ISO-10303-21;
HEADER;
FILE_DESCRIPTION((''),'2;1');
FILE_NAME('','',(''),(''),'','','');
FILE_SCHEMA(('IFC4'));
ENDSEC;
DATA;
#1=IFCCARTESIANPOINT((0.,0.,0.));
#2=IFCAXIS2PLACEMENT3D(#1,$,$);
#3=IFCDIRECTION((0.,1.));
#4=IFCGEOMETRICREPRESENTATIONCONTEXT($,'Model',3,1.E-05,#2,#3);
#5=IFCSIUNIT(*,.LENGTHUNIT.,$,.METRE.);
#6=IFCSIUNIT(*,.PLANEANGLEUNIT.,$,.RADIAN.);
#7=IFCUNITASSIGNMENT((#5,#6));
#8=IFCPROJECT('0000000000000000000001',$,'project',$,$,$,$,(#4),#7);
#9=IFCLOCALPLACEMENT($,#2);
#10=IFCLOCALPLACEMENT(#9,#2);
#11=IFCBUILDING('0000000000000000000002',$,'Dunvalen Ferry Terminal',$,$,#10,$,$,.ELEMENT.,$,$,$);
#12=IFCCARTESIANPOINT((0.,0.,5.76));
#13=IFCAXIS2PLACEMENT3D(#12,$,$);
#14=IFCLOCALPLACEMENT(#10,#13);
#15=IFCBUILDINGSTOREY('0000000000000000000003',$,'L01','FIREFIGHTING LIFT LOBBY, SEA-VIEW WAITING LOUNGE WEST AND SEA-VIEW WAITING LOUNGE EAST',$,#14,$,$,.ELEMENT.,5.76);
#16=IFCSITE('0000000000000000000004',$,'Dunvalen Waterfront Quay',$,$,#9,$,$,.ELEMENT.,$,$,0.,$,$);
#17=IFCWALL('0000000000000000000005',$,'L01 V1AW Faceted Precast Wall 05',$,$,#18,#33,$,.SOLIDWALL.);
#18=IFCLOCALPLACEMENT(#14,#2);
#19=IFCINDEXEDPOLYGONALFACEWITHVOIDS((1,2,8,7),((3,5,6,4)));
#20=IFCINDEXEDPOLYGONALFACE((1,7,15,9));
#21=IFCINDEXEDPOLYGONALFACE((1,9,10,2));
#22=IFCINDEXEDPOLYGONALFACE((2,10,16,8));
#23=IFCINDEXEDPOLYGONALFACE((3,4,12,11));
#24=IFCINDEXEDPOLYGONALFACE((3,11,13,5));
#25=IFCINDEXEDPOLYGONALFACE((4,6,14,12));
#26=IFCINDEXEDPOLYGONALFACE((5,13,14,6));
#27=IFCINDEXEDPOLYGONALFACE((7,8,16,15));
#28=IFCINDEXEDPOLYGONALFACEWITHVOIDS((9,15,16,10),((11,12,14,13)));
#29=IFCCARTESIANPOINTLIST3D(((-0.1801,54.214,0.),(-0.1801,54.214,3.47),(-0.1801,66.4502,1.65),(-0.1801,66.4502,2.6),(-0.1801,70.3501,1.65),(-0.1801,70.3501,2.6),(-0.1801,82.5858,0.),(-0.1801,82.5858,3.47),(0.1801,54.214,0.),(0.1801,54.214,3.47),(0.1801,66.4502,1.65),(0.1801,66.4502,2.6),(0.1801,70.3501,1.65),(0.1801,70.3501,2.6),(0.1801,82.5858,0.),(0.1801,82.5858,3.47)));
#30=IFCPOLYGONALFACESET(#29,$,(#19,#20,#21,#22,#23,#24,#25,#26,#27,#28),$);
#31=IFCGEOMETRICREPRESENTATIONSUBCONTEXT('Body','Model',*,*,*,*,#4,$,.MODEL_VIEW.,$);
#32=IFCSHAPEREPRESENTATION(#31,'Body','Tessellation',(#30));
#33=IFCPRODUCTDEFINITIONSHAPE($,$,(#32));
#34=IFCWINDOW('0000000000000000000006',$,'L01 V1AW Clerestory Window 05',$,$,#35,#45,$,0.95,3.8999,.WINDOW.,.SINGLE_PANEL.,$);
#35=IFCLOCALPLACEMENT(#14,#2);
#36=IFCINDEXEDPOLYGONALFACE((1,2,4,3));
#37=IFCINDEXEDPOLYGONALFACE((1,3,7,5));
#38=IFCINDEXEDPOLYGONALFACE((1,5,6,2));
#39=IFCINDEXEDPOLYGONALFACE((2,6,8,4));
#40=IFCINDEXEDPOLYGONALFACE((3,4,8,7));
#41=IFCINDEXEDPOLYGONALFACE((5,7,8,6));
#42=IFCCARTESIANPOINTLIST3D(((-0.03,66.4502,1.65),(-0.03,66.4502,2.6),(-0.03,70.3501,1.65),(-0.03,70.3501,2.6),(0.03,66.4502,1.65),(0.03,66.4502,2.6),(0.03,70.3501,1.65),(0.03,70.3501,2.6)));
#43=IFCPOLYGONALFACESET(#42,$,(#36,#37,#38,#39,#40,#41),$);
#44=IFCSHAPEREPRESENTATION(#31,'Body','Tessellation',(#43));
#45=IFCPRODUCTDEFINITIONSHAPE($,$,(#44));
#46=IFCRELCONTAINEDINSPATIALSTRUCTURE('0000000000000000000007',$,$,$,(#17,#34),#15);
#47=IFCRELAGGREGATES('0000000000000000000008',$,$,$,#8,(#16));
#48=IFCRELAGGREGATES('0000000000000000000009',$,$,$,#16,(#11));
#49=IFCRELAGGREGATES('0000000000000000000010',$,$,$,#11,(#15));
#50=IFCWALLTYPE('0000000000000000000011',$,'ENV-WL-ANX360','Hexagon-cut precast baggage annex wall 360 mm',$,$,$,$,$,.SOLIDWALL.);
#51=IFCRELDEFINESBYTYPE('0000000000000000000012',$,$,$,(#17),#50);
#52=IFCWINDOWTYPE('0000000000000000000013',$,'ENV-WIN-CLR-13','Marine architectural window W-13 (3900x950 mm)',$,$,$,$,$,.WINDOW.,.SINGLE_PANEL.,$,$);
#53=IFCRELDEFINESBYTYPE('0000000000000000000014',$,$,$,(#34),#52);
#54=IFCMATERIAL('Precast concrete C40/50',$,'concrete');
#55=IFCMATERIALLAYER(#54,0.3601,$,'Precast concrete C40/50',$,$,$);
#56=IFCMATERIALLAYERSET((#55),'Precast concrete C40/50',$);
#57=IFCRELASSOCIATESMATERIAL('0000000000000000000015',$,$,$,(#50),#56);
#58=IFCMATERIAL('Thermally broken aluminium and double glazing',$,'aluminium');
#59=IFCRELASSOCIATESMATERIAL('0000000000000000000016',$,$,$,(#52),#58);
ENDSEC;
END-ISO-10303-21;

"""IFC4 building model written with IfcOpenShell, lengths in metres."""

from ifc_helpers import new_model, si_unit, direction, frame, frame_2d, origin, place, context, subcontext, project, spatial, rectangle, extrude, material, layer, layer_set, type_object, element, fill, save


model = new_model("IFC4")

# Units and contexts
model_context = context("Model", 3, precision=1e-05, world=origin(), true_north=direction((0.0, 1.0)))
body_context = subcontext(model_context, "Body", "Model", "MODEL_VIEW")
ifc_project = project(units=[si_unit("LENGTHUNIT", "METRE"), si_unit("PLANEANGLEUNIT", "RADIAN")], contexts=[model_context])

# Site, building, storey
site_placement = place(None, origin())
site = spatial("IfcSite", under=ifc_project, at=site_placement, Name="Dunvalen Waterfront Quay", CompositionType="ELEMENT", RefElevation=0.0)
building_placement = place(site_placement, origin())
building = spatial("IfcBuilding", under=site, at=building_placement, Name="Dunvalen Ferry Terminal", CompositionType="ELEMENT")
storey_placement = place(building_placement, frame((0.0, 0.0, 5.76)))
storey = spatial("IfcBuildingStorey", under=building, at=storey_placement, Name="L01", Description="FIREFIGHTING LIFT LOBBY, SEA-VIEW WAITING LOUNGE WEST AND SEA-VIEW WAITING LOUNGE EAST", CompositionType="ELEMENT", Elevation=5.76)

# Wall, opening, window
ifc_material_1 = material(Name="Precast concrete C40/50", Category="concrete")
ifc_layer = layer(ifc_material_1, 0.3601, Name="Precast concrete C40/50")
ifc_layer_set = layer_set([ifc_layer], Name="Precast concrete C40/50")
wall_type = type_object("IfcWallType", Name="ENV-WL-ANX360", Description="Hexagon-cut precast baggage annex wall 360 mm", PredefinedType="SOLIDWALL", material=ifc_layer_set)
ifc_material_2 = material(Name="Thermally broken aluminium and double glazing", Category="aluminium")
wall_1_placement = place(storey_placement, frame((0.0, 82.5859, 0.0), z_axis=(0.0, 0.0, 1.0), x_axis=(0.0, -1.0, 0.0)))
wall_1 = element("IfcWall", 1, at=wall_1_placement, inside=storey, type_object=wall_type, Name="L01 V1AW Faceted Precast Wall 05", PredefinedType="SOLIDWALL", context=body_context, shape_type="SweptSolid", body=[
    extrude(rectangle(XDim=28.3718, YDim=0.3601, at=frame_2d((14.186, 0.0))), origin(), (0.0, 0.0, 1.0), 3.47),
])
opening_1_placement = place(wall_1_placement, frame((12.2358, 0.0, 1.6499)))
opening_1 = element("IfcOpeningElement", 2, at=opening_1_placement, cuts=wall_1, PredefinedType="OPENING", context=body_context, shape_type="SweptSolid", body=[
    extrude(rectangle(XDim=3.8999, YDim=0.95, at=frame_2d((1.95, 0.4751))), frame((0.0, 0.1899, 0.0), z_axis=(0.0, -1.0, 0.0), x_axis=(1.0, 0.0, 0.0)), (0.0, 0.0, 1.0), 0.3801),
])
window_type_1 = type_object("IfcWindowType", Name="ENV-WIN-CLR-13", Description="Marine architectural window W-13 (3900x950 mm)", PartitioningType="SINGLE_PANEL", PredefinedType="WINDOW", material=ifc_material_2)
window_1_placement = place(opening_1_placement, origin())
window_1 = element("IfcWindow", 3, at=window_1_placement, inside=storey, type_object=window_type_1, Name="L01 V1AW Clerestory Window 05", OverallHeight=0.95, OverallWidth=3.8999, PartitioningType="SINGLE_PANEL", PredefinedType="WINDOW", context=body_context, shape_type="SweptSolid", body=[
    extrude(rectangle(XDim=3.8999, YDim=0.95, at=frame_2d((1.95, 0.4751))), frame((0.0, 0.03, 0.0), z_axis=(0.0, -1.0, 0.0), x_axis=(1.0, 0.0, 0.0)), (0.0, 0.0, 1.0), 0.0601),
])
fill(opening_1, window_1)

save(model, "model.ifc")
